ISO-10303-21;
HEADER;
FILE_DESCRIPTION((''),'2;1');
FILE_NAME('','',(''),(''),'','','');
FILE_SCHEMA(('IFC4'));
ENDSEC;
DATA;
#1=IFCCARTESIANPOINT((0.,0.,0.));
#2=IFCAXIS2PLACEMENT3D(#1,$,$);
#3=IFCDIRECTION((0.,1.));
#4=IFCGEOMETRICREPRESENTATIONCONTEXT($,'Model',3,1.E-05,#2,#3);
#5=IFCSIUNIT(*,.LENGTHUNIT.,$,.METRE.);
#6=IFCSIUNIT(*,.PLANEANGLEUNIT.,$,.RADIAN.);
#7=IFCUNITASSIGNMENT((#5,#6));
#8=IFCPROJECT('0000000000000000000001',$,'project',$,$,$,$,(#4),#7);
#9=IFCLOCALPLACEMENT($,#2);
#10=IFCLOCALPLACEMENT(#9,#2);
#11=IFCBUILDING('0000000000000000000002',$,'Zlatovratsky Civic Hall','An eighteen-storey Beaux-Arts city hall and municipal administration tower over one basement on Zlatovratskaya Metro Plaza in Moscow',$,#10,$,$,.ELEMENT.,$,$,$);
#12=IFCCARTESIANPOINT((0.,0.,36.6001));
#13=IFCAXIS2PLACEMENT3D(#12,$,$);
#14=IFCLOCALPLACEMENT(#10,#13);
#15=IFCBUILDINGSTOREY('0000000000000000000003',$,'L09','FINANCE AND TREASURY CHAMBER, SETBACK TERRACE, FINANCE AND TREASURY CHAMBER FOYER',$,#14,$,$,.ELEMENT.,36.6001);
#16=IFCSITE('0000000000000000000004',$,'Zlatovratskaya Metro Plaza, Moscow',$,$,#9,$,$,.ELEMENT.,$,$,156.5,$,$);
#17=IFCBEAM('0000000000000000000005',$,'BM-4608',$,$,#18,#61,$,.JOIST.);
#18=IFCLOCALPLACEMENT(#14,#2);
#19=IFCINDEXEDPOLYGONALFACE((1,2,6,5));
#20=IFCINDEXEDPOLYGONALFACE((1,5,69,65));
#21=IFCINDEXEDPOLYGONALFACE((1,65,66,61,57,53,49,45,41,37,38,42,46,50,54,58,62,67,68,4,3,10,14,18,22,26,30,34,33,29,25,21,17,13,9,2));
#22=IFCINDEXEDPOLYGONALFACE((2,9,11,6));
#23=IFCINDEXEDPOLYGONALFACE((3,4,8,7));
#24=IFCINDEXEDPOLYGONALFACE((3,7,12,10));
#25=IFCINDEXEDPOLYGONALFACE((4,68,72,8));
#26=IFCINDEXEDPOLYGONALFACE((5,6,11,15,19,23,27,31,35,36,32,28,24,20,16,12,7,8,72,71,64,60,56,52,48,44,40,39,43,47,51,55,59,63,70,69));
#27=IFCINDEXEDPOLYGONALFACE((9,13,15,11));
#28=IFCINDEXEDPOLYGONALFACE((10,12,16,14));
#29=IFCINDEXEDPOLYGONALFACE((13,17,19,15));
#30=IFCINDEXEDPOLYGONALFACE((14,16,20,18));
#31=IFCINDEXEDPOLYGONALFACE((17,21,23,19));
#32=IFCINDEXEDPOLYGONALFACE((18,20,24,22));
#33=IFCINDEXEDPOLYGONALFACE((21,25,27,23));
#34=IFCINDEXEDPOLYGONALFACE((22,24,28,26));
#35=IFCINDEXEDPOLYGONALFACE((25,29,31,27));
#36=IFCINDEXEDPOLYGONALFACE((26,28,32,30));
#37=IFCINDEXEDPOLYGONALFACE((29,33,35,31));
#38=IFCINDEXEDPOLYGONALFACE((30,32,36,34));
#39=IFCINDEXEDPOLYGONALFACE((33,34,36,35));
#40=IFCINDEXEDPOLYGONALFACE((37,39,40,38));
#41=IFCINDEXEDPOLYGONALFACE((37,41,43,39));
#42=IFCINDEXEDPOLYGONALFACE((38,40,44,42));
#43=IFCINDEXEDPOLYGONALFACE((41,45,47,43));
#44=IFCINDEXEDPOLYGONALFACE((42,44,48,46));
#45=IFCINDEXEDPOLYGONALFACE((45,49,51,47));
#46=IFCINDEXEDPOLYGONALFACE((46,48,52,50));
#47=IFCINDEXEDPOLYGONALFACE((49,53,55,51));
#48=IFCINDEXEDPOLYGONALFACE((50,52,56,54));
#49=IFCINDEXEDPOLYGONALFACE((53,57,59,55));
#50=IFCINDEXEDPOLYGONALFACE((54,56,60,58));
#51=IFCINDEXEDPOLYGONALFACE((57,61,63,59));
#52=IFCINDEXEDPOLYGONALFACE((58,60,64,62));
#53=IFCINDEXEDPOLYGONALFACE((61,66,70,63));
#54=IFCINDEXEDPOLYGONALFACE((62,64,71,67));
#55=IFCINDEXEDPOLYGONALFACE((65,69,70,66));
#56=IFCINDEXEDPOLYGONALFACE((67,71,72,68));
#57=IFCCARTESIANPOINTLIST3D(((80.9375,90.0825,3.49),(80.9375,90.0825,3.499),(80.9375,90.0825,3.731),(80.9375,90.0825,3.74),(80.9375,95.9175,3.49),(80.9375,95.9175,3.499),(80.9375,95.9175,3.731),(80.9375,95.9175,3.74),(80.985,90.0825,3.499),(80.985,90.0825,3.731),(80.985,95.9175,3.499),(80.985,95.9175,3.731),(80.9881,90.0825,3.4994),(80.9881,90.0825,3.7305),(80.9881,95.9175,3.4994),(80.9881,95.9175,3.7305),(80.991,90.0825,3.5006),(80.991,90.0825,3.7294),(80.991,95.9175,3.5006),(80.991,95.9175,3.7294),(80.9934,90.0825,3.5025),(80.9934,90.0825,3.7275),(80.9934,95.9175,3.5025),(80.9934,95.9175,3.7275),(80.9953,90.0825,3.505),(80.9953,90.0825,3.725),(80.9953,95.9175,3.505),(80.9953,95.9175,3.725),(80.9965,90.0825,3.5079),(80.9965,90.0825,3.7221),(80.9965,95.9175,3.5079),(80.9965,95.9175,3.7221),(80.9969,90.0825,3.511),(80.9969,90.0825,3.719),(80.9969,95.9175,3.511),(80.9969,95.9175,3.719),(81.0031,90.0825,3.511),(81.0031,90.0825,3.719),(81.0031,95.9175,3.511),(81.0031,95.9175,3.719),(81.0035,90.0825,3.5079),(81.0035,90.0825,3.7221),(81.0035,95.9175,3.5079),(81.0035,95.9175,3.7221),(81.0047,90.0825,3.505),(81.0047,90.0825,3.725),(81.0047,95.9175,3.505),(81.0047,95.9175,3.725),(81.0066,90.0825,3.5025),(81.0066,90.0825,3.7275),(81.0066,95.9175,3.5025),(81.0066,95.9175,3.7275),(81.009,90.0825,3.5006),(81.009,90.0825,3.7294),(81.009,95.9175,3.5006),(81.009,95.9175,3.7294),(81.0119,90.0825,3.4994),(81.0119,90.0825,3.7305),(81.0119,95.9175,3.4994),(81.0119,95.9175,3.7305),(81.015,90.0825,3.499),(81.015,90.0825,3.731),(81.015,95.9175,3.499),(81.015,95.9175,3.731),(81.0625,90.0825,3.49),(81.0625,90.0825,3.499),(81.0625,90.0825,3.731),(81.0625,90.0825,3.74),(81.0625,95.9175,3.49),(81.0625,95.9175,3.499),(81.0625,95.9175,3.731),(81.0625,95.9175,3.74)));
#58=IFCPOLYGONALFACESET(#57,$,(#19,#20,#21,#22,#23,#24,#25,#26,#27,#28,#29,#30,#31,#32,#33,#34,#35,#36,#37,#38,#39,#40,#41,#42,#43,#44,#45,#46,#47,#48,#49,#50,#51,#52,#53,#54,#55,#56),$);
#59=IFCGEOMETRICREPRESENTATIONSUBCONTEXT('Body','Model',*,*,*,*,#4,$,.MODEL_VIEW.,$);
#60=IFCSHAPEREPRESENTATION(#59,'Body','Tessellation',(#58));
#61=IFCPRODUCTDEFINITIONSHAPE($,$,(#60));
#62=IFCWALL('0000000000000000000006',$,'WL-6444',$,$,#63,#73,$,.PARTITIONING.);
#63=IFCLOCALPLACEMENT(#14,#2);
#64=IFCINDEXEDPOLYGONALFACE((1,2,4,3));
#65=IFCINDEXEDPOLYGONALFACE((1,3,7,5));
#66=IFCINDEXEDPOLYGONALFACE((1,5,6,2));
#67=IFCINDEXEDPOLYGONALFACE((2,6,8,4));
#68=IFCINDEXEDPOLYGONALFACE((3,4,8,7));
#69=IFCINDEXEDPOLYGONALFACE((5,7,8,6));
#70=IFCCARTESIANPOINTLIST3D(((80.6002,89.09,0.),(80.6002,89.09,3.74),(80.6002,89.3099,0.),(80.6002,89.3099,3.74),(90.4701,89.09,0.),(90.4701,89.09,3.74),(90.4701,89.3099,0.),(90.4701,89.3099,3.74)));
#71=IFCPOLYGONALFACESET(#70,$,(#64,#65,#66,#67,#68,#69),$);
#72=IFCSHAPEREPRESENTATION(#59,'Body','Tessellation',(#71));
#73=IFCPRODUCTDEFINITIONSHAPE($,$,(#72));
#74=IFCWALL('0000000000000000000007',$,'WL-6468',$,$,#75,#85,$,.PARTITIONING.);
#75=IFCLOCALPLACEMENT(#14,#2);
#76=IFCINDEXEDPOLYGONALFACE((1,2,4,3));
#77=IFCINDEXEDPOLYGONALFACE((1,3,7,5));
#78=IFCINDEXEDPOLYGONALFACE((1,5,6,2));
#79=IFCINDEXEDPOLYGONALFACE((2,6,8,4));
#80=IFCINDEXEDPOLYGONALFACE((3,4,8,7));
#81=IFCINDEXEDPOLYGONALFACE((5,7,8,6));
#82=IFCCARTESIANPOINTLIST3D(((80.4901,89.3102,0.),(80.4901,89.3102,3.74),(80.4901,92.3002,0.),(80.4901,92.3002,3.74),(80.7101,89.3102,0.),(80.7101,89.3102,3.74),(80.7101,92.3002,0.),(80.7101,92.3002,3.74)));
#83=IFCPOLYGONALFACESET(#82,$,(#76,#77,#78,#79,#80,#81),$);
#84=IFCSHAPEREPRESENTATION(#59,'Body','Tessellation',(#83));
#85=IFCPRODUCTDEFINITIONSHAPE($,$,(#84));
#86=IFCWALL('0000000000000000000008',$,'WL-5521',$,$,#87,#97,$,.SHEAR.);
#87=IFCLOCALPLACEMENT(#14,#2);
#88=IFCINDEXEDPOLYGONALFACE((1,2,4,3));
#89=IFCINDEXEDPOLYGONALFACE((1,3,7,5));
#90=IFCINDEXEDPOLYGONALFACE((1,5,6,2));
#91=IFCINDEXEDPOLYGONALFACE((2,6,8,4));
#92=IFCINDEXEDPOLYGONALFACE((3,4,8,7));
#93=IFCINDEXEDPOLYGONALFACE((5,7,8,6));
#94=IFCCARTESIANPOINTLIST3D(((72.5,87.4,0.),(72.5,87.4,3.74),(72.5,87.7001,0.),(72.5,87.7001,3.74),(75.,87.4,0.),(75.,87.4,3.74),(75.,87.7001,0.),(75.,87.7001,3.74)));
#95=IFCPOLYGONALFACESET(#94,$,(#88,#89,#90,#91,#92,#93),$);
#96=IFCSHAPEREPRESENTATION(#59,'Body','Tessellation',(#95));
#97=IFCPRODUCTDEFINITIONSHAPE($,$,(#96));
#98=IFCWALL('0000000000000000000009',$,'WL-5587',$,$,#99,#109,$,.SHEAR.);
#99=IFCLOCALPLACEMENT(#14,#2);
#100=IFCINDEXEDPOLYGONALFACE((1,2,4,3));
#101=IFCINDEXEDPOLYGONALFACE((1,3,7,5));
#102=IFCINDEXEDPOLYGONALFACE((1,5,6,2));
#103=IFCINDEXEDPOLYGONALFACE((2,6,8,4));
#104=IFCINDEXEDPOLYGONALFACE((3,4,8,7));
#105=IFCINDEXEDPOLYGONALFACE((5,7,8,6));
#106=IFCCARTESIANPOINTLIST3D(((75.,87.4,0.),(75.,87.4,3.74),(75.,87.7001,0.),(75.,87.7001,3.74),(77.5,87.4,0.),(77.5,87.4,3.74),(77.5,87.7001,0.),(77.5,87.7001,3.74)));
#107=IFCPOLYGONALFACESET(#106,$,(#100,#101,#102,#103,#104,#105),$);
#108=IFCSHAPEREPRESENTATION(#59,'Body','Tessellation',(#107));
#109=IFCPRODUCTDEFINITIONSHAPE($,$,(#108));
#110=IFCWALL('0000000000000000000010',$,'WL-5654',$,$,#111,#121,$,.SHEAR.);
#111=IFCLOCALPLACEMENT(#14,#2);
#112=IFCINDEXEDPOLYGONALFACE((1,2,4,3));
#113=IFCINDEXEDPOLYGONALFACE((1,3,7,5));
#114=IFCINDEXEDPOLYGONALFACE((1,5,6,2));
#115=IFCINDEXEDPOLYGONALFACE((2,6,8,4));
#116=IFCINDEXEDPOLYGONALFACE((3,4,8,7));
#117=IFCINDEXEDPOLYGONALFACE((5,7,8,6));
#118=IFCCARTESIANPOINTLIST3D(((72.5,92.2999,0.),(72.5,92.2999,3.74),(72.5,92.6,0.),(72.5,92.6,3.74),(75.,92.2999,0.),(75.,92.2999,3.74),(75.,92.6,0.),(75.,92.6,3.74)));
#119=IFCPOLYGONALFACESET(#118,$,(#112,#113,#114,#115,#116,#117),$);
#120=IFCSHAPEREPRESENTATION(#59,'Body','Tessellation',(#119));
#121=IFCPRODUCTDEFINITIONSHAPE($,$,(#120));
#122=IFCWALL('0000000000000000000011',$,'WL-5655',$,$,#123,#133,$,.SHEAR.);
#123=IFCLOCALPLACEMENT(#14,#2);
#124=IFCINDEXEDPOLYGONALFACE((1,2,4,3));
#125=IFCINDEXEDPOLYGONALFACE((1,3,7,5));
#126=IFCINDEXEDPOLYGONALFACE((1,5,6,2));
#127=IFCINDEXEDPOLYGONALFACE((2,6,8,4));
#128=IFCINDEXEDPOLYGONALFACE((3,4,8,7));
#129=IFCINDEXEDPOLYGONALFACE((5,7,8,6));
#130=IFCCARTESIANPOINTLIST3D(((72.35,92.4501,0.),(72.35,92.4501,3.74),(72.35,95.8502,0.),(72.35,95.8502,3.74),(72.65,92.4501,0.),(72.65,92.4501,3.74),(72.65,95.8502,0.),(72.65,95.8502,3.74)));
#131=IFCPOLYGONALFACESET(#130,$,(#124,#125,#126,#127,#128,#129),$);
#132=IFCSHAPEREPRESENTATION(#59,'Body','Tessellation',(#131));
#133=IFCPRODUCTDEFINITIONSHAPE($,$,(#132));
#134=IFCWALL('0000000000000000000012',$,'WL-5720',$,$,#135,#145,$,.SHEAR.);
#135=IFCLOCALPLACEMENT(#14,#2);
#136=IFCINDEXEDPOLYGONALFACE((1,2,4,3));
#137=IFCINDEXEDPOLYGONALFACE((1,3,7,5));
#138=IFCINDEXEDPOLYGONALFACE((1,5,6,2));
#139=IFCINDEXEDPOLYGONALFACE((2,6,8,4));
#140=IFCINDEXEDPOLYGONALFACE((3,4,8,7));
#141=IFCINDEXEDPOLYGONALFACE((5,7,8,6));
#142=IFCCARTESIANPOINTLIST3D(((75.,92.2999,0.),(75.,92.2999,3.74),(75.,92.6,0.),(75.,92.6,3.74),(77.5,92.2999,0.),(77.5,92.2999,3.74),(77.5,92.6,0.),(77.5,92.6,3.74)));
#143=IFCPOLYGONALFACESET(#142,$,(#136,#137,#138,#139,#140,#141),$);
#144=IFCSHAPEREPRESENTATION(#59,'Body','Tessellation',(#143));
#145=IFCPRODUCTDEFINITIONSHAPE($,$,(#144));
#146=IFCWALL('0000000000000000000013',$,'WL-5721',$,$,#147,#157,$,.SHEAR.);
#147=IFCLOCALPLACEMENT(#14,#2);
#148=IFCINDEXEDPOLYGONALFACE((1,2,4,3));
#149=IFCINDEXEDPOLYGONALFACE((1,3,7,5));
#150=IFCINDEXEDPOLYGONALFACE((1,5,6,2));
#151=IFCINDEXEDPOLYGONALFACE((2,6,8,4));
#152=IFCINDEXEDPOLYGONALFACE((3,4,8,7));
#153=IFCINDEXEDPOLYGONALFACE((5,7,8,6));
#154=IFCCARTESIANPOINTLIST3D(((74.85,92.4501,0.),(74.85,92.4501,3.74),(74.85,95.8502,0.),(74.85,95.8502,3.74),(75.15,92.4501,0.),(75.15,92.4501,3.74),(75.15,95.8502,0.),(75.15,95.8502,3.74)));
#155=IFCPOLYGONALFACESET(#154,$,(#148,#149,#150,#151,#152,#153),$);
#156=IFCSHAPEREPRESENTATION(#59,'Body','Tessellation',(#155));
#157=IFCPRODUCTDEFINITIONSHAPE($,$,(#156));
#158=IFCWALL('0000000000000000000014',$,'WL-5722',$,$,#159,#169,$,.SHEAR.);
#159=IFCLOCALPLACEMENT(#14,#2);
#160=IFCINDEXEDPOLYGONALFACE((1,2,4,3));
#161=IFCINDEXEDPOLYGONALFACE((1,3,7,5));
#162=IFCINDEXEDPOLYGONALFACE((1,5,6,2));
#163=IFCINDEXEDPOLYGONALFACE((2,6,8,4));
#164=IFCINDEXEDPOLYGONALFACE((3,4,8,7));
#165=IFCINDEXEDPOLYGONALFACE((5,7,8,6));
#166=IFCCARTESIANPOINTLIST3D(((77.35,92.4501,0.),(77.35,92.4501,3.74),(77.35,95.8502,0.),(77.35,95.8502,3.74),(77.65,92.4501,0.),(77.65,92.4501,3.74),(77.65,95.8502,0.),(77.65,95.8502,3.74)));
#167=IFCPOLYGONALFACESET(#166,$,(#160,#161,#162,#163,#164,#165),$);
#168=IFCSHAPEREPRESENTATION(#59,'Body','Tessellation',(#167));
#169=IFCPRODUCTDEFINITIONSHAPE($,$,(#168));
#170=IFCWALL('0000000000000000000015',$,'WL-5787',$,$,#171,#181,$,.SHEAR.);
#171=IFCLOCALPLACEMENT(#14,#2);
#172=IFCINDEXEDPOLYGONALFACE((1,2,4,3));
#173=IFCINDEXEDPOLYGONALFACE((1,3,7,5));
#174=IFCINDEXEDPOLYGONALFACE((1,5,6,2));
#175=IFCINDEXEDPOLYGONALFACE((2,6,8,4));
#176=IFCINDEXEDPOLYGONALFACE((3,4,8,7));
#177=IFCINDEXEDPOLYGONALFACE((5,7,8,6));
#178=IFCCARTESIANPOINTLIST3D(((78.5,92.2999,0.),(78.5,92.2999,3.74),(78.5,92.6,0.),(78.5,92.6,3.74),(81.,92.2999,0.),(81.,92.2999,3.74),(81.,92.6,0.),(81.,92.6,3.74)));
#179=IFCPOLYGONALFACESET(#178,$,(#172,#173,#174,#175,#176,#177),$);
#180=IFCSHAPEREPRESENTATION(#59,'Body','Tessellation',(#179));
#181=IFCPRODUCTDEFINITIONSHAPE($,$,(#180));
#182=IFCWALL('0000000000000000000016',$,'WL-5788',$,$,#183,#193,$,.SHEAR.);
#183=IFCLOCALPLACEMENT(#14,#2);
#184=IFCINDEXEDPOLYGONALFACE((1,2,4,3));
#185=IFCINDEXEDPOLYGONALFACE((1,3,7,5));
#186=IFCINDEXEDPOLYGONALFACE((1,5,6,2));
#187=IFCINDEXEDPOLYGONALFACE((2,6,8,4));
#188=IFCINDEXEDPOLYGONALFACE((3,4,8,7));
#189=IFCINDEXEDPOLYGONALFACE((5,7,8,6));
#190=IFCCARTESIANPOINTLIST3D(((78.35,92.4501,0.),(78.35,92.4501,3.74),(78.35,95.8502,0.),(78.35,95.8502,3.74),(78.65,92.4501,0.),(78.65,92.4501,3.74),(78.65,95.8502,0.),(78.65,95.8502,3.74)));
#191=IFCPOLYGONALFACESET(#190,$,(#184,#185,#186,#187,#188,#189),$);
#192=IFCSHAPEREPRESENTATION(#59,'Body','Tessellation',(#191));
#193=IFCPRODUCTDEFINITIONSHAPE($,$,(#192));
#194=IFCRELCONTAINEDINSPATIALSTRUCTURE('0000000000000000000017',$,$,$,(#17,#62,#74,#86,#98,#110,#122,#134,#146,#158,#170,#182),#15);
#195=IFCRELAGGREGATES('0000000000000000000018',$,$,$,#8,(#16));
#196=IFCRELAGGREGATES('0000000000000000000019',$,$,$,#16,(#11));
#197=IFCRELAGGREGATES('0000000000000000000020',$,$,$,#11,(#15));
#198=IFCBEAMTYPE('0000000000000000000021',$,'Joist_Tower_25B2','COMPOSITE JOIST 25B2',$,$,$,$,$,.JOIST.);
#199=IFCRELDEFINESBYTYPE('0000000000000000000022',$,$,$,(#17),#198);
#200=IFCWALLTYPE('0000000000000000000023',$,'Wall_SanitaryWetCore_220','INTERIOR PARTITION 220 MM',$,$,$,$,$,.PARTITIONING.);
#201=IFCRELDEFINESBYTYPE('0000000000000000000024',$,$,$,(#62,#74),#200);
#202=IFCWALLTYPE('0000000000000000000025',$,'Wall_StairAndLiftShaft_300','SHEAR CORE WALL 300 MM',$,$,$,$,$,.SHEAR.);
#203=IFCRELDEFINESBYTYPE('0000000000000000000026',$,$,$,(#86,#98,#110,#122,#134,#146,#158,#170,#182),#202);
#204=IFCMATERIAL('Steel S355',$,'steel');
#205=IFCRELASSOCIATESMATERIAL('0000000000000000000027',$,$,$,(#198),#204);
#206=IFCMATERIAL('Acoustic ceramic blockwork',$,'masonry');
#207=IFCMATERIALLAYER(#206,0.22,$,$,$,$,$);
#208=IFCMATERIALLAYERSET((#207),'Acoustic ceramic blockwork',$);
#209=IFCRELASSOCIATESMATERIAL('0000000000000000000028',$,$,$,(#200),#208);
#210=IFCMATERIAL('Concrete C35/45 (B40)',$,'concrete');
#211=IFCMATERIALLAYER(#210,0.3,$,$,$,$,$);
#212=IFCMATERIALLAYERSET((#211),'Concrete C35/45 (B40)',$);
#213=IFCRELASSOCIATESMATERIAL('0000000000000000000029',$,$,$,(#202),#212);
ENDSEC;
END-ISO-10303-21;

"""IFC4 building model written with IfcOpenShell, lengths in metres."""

from ifc_helpers import new_model, si_unit, direction, frame, frame_2d, origin, origin_2d, place, context, subcontext, project, spatial, rectangle, i_section, extrude, material, layer, layer_set, material_profile, profile_set, type_object, element, save


model = new_model("IFC4")

# Units and contexts
model_context = context("Model", 3, precision=1e-05, world=origin(), true_north=direction((0.0, 1.0)))
body_context = subcontext(model_context, "Body", "Model", "MODEL_VIEW")
ifc_project = project(units=[si_unit("LENGTHUNIT", "METRE"), si_unit("PLANEANGLEUNIT", "RADIAN")], contexts=[model_context])

# Site, building, storey
site_placement = place(None, origin())
site = spatial("IfcSite", under=ifc_project, at=site_placement, Name="Zlatovratskaya Metro Plaza, Moscow", CompositionType="ELEMENT", RefElevation=156.5)
building_placement = place(site_placement, origin())
building = spatial("IfcBuilding", under=site, at=building_placement, Name="Zlatovratsky Civic Hall", Description="An eighteen-storey Beaux-Arts city hall and municipal administration tower over one basement on Zlatovratskaya Metro Plaza in Moscow", CompositionType="ELEMENT")
storey_placement = place(building_placement, frame((0.0, 0.0, 36.6001)))
storey = spatial("IfcBuildingStorey", under=building, at=storey_placement, Name="L09", Description="FINANCE AND TREASURY CHAMBER, SETBACK TERRACE, FINANCE AND TREASURY CHAMBER FOYER", CompositionType="ELEMENT", Elevation=36.6001)

# Shared definitions
ifc_material_1 = material(Name="Concrete C35/45 (B40)", Category="concrete")

# Beam
ifc_material_2 = material(Name="Steel S355", Category="steel")
ifc_material_profile_1 = material_profile(ifc_material_2, i_section(OverallWidth=0.125, OverallDepth=0.25, WebThickness=0.0061, FlangeThickness=0.009, FilletRadius=0.012, at=origin_2d()), Name="25B2")
ifc_profile_set_1 = profile_set([ifc_material_profile_1], Name="Steel S355")
beam_type_1 = type_object("IfcBeamType", Name="Joist_Tower_25B2", Description="COMPOSITE JOIST 25B2", PredefinedType="JOIST", material=ifc_profile_set_1)
beam_1_placement = place(storey_placement, frame((81.0, 90.0825, 3.615), z_axis=(0.0, 1.0, 0.0), x_axis=(-1.0, 0.0, 0.0)))
element("IfcBeam", 1, at=beam_1_placement, inside=storey, type_object=beam_type_1, Name="BM-4608", PredefinedType="JOIST", context=body_context, shape_type="SweptSolid", body=[
    extrude(i_section(OverallWidth=0.125, OverallDepth=0.25, WebThickness=0.0061, FlangeThickness=0.009, FilletRadius=0.012, at=origin_2d()), origin(), (0.0, 0.0, 1.0), 5.835),
])

# Walls
ifc_material_3 = material(Name="Acoustic ceramic blockwork", Category="masonry")
ifc_layer_1 = layer(ifc_material_3, 0.22)
ifc_layer_set_1 = layer_set([ifc_layer_1], Name="Acoustic ceramic blockwork")
wall_type_1 = type_object("IfcWallType", Name="Wall_SanitaryWetCore_220", Description="INTERIOR PARTITION 220 MM", PredefinedType="PARTITIONING", material=ifc_layer_set_1)
wall_1_placement = place(storey_placement, frame((80.6001, 89.2, 0.0), z_axis=(0.0, 0.0, 1.0), x_axis=(1.0, 0.0, 0.0)))
element("IfcWall", 2, at=wall_1_placement, inside=storey, type_object=wall_type_1, Name="WL-6444", PredefinedType="PARTITIONING", context=body_context, shape_type="SweptSolid", body=[
    extrude(rectangle(XDim=9.8699, YDim=0.22, at=frame_2d((4.9351, 0.0))), origin(), (0.0, 0.0, 1.0), 3.74),
])
wall_2_placement = place(storey_placement, frame((80.6001, 89.3101, 0.0), z_axis=(0.0, 0.0, 1.0), x_axis=(0.0, 1.0, 0.0)))
element("IfcWall", 3, at=wall_2_placement, inside=storey, type_object=wall_type_1, Name="WL-6468", PredefinedType="PARTITIONING", context=body_context, shape_type="SweptSolid", body=[
    extrude(rectangle(XDim=2.99, YDim=0.22, at=frame_2d((1.4951, 0.0))), origin(), (0.0, 0.0, 1.0), 3.74),
])
ifc_layer_2 = layer(ifc_material_1, 0.3)
ifc_layer_set_2 = layer_set([ifc_layer_2], Name="Concrete C35/45 (B40)")
wall_type_2 = type_object("IfcWallType", Name="Wall_StairAndLiftShaft_300", Description="SHEAR CORE WALL 300 MM", PredefinedType="SHEAR", material=ifc_layer_set_2)
for number, where, z_axis, x_axis, name in (
    (4, (72.5, 87.55, 0.0), (0.0, 0.0, 1.0), (1.0, 0.0, 0.0), "WL-5521"),
    (5, (75.0, 87.55, 0.0), (0.0, 0.0, 1.0), (1.0, 0.0, 0.0), "WL-5587"),
):
    element("IfcWall", number, at=place(storey_placement, frame(where, z_axis=z_axis, x_axis=x_axis)), inside=storey, type_object=wall_type_2, Name=name, PredefinedType="SHEAR", context=body_context, shape_type="SweptSolid", body=[
        extrude(rectangle(XDim=2.5, YDim=0.3, at=frame_2d((1.25, 0.0))), origin(), (0.0, 0.0, 1.0), 3.74),
    ])

# Walls
wall_3_placement = place(storey_placement, frame((72.5, 92.45, 0.0), z_axis=(0.0, 0.0, 1.0), x_axis=(1.0, 0.0, 0.0)))
element("IfcWall", 6, at=wall_3_placement, inside=storey, type_object=wall_type_2, Name="WL-5654", PredefinedType="SHEAR", context=body_context, shape_type="SweptSolid", body=[
    extrude(rectangle(XDim=2.5, YDim=0.3, at=frame_2d((1.25, 0.0))), origin(), (0.0, 0.0, 1.0), 3.74),
])
wall_4_placement = place(storey_placement, frame((72.5, 92.45, 0.0), z_axis=(0.0, 0.0, 1.0), x_axis=(0.0, 1.0, 0.0)))
element("IfcWall", 7, at=wall_4_placement, inside=storey, type_object=wall_type_2, Name="WL-5655", PredefinedType="SHEAR", context=body_context, shape_type="SweptSolid", body=[
    extrude(rectangle(XDim=3.4001, YDim=0.3, at=frame_2d((1.7002, 0.0))), origin(), (0.0, 0.0, 1.0), 3.74),
])

# Walls
wall_5_placement = place(storey_placement, frame((75.0, 92.45, 0.0), z_axis=(0.0, 0.0, 1.0), x_axis=(1.0, 0.0, 0.0)))
element("IfcWall", 8, at=wall_5_placement, inside=storey, type_object=wall_type_2, Name="WL-5720", PredefinedType="SHEAR", context=body_context, shape_type="SweptSolid", body=[
    extrude(rectangle(XDim=2.5, YDim=0.3, at=frame_2d((1.25, 0.0))), origin(), (0.0, 0.0, 1.0), 3.74),
])
for number, where, z_axis, x_axis, name in (
    (9, (75.0, 92.45, 0.0), (0.0, 0.0, 1.0), (0.0, 1.0, 0.0), "WL-5721"),
    (10, (77.5, 92.45, 0.0), (0.0, 0.0, 1.0), (0.0, 1.0, 0.0), "WL-5722"),
):
    element("IfcWall", number, at=place(storey_placement, frame(where, z_axis=z_axis, x_axis=x_axis)), inside=storey, type_object=wall_type_2, Name=name, PredefinedType="SHEAR", context=body_context, shape_type="SweptSolid", body=[
        extrude(rectangle(XDim=3.4001, YDim=0.3, at=frame_2d((1.7002, 0.0))), origin(), (0.0, 0.0, 1.0), 3.74),
    ])

# Walls
wall_6_placement = place(storey_placement, frame((78.5, 92.45, 0.0), z_axis=(0.0, 0.0, 1.0), x_axis=(1.0, 0.0, 0.0)))
element("IfcWall", 11, at=wall_6_placement, inside=storey, type_object=wall_type_2, Name="WL-5787", PredefinedType="SHEAR", context=body_context, shape_type="SweptSolid", body=[
    extrude(rectangle(XDim=2.5, YDim=0.3, at=frame_2d((1.25, 0.0))), origin(), (0.0, 0.0, 1.0), 3.74),
])
wall_7_placement = place(storey_placement, frame((78.5, 92.45, 0.0), z_axis=(0.0, 0.0, 1.0), x_axis=(0.0, 1.0, 0.0)))
element("IfcWall", 12, at=wall_7_placement, inside=storey, type_object=wall_type_2, Name="WL-5788", PredefinedType="SHEAR", context=body_context, shape_type="SweptSolid", body=[
    extrude(rectangle(XDim=3.4001, YDim=0.3, at=frame_2d((1.7002, 0.0))), origin(), (0.0, 0.0, 1.0), 3.74),
])

save(model, "model.ifc")
